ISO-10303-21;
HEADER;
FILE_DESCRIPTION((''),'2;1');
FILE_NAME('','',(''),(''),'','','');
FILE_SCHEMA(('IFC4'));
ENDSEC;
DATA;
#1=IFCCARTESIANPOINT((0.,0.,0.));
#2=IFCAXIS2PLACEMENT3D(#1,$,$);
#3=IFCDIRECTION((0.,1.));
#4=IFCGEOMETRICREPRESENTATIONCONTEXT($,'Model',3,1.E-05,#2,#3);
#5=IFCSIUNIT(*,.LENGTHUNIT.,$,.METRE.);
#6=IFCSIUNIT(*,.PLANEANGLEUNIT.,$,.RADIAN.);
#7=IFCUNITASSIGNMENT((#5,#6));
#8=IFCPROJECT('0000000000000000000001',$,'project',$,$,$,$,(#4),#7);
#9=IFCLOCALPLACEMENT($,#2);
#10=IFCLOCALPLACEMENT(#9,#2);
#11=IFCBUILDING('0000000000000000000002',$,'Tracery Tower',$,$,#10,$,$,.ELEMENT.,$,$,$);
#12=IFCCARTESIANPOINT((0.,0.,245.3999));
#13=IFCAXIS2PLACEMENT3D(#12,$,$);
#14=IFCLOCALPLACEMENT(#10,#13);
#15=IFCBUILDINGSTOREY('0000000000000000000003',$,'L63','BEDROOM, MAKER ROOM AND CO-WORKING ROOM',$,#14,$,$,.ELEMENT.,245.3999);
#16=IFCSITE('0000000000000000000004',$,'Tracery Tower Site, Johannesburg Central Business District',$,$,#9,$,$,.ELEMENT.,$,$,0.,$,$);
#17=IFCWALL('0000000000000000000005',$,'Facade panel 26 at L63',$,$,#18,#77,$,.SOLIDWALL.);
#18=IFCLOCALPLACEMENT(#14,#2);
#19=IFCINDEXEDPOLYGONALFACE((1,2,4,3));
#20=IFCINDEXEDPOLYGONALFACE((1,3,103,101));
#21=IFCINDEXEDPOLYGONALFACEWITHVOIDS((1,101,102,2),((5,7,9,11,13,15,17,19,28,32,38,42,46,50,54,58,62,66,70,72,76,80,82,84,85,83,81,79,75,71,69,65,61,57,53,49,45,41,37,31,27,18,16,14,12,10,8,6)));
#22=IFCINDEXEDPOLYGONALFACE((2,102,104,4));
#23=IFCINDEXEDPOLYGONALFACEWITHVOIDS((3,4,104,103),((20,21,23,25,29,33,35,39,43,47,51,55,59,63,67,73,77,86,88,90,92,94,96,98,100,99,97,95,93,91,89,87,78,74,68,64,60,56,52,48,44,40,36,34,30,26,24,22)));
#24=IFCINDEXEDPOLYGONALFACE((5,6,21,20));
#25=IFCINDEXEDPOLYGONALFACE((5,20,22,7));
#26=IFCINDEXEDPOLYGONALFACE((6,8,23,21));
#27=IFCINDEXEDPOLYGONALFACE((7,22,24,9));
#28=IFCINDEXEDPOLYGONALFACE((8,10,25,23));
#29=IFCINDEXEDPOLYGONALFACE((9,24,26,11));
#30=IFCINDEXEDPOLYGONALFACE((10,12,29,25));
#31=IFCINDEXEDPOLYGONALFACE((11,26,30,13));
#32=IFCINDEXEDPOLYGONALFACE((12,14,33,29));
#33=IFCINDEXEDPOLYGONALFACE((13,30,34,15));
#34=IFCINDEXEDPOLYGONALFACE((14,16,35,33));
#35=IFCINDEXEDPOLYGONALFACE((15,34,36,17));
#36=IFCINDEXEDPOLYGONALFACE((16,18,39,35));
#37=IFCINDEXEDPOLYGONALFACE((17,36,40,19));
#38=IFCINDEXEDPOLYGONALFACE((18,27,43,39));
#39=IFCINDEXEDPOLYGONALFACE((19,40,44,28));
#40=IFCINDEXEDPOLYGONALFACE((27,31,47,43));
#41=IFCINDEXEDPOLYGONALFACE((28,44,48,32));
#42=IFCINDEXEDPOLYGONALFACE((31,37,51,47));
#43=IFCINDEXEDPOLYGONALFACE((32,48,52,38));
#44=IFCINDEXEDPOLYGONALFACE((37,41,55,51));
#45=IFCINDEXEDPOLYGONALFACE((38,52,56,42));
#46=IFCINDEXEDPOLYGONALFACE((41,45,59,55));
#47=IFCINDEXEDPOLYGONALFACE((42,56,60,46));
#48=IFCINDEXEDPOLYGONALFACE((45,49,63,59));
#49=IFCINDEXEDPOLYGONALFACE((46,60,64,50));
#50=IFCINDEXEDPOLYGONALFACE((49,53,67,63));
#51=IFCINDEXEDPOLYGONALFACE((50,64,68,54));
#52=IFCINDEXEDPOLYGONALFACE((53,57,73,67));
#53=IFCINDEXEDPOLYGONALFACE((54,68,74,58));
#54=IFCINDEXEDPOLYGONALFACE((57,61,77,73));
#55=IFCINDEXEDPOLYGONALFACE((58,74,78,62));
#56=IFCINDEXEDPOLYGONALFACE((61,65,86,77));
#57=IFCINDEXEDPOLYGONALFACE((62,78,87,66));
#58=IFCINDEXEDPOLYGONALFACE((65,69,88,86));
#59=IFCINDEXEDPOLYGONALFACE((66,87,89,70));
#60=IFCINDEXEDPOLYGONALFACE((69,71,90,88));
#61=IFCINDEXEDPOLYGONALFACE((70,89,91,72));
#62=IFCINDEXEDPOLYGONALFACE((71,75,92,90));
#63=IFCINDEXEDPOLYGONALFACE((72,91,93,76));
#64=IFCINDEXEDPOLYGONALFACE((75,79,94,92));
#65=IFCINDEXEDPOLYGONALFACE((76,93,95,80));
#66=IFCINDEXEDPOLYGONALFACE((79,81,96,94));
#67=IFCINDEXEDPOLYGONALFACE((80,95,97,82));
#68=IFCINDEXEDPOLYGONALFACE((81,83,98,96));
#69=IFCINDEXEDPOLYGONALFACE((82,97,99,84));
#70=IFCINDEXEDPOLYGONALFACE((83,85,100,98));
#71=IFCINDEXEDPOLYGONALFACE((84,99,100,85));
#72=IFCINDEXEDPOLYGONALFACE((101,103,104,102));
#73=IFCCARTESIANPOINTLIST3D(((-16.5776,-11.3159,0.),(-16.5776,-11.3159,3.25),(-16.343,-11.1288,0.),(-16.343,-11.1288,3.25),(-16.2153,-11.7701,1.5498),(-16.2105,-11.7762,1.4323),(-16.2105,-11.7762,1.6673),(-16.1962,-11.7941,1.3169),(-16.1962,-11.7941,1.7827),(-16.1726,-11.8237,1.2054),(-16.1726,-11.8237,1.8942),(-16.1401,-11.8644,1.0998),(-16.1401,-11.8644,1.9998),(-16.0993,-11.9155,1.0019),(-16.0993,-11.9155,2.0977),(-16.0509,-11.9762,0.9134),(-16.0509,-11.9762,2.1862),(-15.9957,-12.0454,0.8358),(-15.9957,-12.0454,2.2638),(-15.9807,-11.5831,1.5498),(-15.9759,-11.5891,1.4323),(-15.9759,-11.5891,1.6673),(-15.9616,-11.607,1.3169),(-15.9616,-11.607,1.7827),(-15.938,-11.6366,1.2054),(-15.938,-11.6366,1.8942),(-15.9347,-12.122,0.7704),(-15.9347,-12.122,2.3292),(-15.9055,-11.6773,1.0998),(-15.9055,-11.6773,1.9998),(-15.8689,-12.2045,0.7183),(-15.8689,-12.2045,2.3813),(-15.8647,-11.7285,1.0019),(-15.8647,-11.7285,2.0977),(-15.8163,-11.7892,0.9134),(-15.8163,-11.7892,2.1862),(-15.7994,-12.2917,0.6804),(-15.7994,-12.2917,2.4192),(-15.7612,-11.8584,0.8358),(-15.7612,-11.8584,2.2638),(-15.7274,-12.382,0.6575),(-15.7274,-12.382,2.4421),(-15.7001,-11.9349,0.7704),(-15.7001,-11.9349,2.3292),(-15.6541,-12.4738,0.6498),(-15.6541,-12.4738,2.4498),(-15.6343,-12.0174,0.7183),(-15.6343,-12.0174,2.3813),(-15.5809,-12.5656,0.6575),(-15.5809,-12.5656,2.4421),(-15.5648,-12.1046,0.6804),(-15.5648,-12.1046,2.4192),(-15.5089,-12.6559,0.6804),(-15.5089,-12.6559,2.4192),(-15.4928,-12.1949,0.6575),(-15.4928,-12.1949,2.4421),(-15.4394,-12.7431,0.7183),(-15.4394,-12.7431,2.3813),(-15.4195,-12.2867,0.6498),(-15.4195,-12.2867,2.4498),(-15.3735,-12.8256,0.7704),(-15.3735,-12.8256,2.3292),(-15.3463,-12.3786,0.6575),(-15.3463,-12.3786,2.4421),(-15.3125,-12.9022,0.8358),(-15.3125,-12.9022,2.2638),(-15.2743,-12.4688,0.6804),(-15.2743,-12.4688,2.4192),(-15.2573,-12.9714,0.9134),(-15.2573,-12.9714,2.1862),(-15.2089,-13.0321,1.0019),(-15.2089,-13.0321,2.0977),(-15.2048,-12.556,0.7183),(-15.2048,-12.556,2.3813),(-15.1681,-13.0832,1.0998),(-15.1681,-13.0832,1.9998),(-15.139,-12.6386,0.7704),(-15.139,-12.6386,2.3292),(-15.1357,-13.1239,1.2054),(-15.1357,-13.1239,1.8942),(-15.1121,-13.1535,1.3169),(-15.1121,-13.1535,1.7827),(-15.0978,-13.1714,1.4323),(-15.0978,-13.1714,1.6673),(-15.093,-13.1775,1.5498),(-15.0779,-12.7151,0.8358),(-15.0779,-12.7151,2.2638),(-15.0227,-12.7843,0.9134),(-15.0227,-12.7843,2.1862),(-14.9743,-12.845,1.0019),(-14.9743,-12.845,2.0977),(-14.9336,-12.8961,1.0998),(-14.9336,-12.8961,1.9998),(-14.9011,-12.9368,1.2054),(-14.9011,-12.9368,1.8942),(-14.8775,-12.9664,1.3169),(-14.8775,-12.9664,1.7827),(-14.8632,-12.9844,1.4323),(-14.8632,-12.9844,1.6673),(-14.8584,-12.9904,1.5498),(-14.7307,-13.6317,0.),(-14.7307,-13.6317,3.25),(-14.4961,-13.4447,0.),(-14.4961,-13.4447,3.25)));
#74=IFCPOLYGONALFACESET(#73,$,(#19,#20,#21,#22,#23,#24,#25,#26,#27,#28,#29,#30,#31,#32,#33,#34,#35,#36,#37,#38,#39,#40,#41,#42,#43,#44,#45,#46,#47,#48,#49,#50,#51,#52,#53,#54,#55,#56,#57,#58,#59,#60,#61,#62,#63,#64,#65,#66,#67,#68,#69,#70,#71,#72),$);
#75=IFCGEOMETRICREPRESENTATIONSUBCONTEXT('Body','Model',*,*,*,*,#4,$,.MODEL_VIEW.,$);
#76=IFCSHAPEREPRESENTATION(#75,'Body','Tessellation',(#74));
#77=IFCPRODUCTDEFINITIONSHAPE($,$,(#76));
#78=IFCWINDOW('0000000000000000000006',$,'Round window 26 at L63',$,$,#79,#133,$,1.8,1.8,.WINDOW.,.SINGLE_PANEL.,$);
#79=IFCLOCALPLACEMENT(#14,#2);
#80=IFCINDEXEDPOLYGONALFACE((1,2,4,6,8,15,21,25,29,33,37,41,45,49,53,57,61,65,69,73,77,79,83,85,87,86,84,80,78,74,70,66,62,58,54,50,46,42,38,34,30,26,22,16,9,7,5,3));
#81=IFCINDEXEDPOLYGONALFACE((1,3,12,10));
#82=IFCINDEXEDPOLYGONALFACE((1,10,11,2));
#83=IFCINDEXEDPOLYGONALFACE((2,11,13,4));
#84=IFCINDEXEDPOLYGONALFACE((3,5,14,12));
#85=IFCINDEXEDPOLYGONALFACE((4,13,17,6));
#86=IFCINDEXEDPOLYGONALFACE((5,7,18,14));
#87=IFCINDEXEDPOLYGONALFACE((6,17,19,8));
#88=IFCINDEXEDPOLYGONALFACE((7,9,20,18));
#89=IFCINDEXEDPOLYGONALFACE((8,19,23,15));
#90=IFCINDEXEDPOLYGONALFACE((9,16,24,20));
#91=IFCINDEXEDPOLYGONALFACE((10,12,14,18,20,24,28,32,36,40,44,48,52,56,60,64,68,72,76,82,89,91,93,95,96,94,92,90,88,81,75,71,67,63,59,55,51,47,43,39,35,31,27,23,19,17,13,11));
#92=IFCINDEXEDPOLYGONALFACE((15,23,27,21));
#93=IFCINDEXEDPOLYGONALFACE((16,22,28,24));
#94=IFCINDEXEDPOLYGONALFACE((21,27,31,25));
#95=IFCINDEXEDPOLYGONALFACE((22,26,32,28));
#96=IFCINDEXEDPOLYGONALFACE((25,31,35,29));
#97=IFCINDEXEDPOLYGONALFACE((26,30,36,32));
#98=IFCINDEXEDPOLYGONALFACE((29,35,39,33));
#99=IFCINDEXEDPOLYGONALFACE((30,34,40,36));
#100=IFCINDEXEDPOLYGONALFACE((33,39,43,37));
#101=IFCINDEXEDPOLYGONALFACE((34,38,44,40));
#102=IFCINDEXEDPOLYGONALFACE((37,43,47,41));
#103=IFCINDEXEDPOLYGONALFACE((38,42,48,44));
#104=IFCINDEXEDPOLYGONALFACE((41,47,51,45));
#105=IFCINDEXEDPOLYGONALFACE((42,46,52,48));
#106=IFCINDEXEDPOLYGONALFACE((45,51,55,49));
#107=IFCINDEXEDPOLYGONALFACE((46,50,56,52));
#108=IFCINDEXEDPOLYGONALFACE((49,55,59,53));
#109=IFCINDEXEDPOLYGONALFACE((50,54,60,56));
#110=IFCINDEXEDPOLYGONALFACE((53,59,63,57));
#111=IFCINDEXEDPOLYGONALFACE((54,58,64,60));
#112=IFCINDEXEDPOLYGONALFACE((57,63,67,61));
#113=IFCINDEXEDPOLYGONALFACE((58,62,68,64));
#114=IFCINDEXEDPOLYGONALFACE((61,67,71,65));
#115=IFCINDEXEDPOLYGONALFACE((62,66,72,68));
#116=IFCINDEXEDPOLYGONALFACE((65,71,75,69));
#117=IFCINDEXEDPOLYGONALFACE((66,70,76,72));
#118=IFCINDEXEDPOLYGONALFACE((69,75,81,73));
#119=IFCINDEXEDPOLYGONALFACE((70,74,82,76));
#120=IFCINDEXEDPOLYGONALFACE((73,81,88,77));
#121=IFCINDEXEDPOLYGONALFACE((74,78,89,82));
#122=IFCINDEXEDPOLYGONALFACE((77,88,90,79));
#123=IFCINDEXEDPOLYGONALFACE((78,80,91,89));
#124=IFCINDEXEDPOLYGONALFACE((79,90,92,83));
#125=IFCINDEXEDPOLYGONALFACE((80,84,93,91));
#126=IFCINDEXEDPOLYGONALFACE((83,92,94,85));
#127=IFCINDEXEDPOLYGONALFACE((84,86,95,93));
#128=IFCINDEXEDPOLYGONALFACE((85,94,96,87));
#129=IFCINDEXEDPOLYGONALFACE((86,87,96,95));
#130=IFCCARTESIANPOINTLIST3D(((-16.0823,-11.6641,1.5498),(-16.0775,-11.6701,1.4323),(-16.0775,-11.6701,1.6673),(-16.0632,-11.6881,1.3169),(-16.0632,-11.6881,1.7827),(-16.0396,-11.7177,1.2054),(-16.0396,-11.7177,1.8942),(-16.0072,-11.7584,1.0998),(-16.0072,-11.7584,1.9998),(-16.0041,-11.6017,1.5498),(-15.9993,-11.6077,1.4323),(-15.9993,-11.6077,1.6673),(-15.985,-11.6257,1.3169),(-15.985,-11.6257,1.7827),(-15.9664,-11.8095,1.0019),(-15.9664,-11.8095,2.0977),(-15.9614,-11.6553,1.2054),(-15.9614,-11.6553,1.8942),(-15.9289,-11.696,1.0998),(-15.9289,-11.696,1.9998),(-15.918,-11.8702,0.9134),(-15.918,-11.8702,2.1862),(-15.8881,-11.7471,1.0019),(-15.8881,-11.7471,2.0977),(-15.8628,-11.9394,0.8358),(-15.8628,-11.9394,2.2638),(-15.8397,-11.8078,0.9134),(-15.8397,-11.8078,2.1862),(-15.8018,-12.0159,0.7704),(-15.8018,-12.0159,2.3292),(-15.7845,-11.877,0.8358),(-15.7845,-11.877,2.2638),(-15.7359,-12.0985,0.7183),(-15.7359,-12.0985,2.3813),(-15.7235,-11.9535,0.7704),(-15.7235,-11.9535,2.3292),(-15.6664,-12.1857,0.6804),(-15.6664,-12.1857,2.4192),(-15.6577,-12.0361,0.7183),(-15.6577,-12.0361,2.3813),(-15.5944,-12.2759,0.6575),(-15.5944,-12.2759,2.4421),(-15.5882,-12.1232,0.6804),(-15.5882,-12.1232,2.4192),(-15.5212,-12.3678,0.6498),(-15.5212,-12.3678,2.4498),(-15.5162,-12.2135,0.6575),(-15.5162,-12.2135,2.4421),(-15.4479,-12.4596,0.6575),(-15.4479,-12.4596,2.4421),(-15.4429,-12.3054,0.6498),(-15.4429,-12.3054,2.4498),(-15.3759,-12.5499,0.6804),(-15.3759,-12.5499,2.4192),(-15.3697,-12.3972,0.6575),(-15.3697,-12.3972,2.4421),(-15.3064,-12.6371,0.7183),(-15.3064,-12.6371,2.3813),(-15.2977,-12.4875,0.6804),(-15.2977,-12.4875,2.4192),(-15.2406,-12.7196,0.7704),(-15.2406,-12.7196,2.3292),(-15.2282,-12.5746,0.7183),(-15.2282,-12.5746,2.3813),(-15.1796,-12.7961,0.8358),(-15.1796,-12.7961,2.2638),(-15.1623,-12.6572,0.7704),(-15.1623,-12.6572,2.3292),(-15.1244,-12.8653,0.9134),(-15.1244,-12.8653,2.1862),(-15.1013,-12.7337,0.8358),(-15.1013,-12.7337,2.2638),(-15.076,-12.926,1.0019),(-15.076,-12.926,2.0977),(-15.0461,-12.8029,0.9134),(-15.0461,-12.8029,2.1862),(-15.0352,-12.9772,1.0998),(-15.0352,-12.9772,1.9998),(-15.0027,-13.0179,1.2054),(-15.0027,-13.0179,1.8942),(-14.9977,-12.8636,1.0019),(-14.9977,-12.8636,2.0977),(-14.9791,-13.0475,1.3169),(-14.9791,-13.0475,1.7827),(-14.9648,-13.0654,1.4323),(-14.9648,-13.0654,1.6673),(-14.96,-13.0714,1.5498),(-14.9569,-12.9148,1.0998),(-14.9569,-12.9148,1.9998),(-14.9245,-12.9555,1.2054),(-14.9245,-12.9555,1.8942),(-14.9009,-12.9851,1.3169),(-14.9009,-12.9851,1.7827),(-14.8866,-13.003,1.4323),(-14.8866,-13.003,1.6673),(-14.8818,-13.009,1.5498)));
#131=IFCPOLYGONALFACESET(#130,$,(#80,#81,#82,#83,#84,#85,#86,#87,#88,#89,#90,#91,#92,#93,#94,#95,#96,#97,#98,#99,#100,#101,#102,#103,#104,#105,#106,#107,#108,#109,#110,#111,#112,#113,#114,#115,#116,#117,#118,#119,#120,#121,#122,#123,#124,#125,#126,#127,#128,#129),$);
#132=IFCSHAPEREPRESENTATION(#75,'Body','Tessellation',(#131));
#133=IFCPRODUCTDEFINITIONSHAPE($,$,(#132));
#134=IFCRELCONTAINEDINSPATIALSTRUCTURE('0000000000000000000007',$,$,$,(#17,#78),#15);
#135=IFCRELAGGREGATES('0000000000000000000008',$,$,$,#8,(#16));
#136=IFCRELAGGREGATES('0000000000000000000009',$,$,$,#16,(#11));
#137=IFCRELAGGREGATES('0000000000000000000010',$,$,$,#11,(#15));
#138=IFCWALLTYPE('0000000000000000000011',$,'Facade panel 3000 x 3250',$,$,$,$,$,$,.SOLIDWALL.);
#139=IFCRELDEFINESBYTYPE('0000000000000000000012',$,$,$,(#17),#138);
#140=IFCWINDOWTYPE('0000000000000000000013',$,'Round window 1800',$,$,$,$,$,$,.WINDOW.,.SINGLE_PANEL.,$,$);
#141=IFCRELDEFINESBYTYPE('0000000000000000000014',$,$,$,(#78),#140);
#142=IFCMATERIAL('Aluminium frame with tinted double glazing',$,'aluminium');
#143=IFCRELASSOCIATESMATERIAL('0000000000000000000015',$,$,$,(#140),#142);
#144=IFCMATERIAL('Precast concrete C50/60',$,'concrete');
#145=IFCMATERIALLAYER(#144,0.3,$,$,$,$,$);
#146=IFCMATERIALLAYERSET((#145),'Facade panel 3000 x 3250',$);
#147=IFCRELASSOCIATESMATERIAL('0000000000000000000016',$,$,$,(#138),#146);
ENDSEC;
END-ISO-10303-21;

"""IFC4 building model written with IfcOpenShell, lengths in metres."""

from ifc_helpers import new_model, si_unit, direction, frame, frame_2d, origin, origin_2d, place, context, subcontext, project, spatial, rectangle, circle, extrude, material, layer, layer_set, type_object, element, fill, save


model = new_model("IFC4")

# Units and contexts
model_context = context("Model", 3, precision=1e-05, world=origin(), true_north=direction((0.0, 1.0)))
body_context = subcontext(model_context, "Body", "Model", "MODEL_VIEW")
ifc_project = project(units=[si_unit("LENGTHUNIT", "METRE"), si_unit("PLANEANGLEUNIT", "RADIAN")], contexts=[model_context])

# Site, building, storey
site_placement = place(None, origin())
site = spatial("IfcSite", under=ifc_project, at=site_placement, Name="Tracery Tower Site, Johannesburg Central Business District", CompositionType="ELEMENT", RefElevation=0.0)
building_placement = place(site_placement, origin())
building = spatial("IfcBuilding", under=site, at=building_placement, Name="Tracery Tower", CompositionType="ELEMENT")
storey_placement = place(building_placement, frame((0.0, 0.0, 245.3999)))
storey = spatial("IfcBuildingStorey", under=building, at=storey_placement, Name="L63", Description="BEDROOM, MAKER ROOM AND CO-WORKING ROOM", CompositionType="ELEMENT", Elevation=245.3999)

# Wall, opening, window
ifc_material_1 = material(Name="Aluminium frame with tinted double glazing", Category="aluminium")
window_type = type_object("IfcWindowType", Name="Round window 1800", PartitioningType="SINGLE_PANEL", PredefinedType="WINDOW", material=ifc_material_1)
ifc_material_2 = material(Name="Precast concrete C50/60", Category="concrete")
ifc_layer_1 = layer(ifc_material_2, 0.3)
ifc_layer_set_1 = layer_set([ifc_layer_1], Name="Facade panel 3000 x 3250")
wall_type_1 = type_object("IfcWallType", Name="Facade panel 3000 x 3250", PredefinedType="SOLIDWALL", material=ifc_layer_set_1)
wall_1_placement = place(storey_placement, frame((-16.4602, -11.2224, 0.0), z_axis=(0.0, 0.0, 1.0), x_axis=(0.623498, -0.781825, 0.0)))
wall_1 = element("IfcWall", 1, at=wall_1_placement, inside=storey, type_object=wall_type_1, Name="Facade panel 26 at L63", PredefinedType="SOLIDWALL", context=body_context, shape_type="SweptSolid", body=[
    extrude(rectangle(XDim=2.9622, YDim=0.3, at=frame_2d((1.481, 0.0))), origin(), (0.0, 0.0, 1.0), 3.25),
])
opening_1_placement = place(wall_1_placement, frame((1.481, 0.0, 1.5498)))
opening_1 = element("IfcOpeningElement", 2, at=opening_1_placement, cuts=wall_1, PredefinedType="OPENING", context=body_context, shape_type="SweptSolid", body=[
    extrude(circle(Radius=0.9, at=origin_2d()), frame((0.0, 0.1599, 0.0), z_axis=(0.0, -1.0, 0.0), x_axis=(1.0, 0.0, 0.0)), (0.0, 0.0, 1.0), 0.3201),
])
window_1_placement = place(opening_1_placement, origin())
window_1 = element("IfcWindow", 3, at=window_1_placement, inside=storey, type_object=window_type, Name="Round window 26 at L63", OverallHeight=1.8, OverallWidth=1.8, PartitioningType="SINGLE_PANEL", PredefinedType="WINDOW", context=body_context, shape_type="SweptSolid", body=[
    extrude(circle(Radius=0.9, at=origin_2d()), frame((0.0, 0.1201, 0.0), z_axis=(0.0, -1.0, 0.0), x_axis=(1.0, 0.0, 0.0)), (0.0, 0.0, 1.0), 0.1001),
])
fill(opening_1, window_1)

save(model, "model.ifc")
